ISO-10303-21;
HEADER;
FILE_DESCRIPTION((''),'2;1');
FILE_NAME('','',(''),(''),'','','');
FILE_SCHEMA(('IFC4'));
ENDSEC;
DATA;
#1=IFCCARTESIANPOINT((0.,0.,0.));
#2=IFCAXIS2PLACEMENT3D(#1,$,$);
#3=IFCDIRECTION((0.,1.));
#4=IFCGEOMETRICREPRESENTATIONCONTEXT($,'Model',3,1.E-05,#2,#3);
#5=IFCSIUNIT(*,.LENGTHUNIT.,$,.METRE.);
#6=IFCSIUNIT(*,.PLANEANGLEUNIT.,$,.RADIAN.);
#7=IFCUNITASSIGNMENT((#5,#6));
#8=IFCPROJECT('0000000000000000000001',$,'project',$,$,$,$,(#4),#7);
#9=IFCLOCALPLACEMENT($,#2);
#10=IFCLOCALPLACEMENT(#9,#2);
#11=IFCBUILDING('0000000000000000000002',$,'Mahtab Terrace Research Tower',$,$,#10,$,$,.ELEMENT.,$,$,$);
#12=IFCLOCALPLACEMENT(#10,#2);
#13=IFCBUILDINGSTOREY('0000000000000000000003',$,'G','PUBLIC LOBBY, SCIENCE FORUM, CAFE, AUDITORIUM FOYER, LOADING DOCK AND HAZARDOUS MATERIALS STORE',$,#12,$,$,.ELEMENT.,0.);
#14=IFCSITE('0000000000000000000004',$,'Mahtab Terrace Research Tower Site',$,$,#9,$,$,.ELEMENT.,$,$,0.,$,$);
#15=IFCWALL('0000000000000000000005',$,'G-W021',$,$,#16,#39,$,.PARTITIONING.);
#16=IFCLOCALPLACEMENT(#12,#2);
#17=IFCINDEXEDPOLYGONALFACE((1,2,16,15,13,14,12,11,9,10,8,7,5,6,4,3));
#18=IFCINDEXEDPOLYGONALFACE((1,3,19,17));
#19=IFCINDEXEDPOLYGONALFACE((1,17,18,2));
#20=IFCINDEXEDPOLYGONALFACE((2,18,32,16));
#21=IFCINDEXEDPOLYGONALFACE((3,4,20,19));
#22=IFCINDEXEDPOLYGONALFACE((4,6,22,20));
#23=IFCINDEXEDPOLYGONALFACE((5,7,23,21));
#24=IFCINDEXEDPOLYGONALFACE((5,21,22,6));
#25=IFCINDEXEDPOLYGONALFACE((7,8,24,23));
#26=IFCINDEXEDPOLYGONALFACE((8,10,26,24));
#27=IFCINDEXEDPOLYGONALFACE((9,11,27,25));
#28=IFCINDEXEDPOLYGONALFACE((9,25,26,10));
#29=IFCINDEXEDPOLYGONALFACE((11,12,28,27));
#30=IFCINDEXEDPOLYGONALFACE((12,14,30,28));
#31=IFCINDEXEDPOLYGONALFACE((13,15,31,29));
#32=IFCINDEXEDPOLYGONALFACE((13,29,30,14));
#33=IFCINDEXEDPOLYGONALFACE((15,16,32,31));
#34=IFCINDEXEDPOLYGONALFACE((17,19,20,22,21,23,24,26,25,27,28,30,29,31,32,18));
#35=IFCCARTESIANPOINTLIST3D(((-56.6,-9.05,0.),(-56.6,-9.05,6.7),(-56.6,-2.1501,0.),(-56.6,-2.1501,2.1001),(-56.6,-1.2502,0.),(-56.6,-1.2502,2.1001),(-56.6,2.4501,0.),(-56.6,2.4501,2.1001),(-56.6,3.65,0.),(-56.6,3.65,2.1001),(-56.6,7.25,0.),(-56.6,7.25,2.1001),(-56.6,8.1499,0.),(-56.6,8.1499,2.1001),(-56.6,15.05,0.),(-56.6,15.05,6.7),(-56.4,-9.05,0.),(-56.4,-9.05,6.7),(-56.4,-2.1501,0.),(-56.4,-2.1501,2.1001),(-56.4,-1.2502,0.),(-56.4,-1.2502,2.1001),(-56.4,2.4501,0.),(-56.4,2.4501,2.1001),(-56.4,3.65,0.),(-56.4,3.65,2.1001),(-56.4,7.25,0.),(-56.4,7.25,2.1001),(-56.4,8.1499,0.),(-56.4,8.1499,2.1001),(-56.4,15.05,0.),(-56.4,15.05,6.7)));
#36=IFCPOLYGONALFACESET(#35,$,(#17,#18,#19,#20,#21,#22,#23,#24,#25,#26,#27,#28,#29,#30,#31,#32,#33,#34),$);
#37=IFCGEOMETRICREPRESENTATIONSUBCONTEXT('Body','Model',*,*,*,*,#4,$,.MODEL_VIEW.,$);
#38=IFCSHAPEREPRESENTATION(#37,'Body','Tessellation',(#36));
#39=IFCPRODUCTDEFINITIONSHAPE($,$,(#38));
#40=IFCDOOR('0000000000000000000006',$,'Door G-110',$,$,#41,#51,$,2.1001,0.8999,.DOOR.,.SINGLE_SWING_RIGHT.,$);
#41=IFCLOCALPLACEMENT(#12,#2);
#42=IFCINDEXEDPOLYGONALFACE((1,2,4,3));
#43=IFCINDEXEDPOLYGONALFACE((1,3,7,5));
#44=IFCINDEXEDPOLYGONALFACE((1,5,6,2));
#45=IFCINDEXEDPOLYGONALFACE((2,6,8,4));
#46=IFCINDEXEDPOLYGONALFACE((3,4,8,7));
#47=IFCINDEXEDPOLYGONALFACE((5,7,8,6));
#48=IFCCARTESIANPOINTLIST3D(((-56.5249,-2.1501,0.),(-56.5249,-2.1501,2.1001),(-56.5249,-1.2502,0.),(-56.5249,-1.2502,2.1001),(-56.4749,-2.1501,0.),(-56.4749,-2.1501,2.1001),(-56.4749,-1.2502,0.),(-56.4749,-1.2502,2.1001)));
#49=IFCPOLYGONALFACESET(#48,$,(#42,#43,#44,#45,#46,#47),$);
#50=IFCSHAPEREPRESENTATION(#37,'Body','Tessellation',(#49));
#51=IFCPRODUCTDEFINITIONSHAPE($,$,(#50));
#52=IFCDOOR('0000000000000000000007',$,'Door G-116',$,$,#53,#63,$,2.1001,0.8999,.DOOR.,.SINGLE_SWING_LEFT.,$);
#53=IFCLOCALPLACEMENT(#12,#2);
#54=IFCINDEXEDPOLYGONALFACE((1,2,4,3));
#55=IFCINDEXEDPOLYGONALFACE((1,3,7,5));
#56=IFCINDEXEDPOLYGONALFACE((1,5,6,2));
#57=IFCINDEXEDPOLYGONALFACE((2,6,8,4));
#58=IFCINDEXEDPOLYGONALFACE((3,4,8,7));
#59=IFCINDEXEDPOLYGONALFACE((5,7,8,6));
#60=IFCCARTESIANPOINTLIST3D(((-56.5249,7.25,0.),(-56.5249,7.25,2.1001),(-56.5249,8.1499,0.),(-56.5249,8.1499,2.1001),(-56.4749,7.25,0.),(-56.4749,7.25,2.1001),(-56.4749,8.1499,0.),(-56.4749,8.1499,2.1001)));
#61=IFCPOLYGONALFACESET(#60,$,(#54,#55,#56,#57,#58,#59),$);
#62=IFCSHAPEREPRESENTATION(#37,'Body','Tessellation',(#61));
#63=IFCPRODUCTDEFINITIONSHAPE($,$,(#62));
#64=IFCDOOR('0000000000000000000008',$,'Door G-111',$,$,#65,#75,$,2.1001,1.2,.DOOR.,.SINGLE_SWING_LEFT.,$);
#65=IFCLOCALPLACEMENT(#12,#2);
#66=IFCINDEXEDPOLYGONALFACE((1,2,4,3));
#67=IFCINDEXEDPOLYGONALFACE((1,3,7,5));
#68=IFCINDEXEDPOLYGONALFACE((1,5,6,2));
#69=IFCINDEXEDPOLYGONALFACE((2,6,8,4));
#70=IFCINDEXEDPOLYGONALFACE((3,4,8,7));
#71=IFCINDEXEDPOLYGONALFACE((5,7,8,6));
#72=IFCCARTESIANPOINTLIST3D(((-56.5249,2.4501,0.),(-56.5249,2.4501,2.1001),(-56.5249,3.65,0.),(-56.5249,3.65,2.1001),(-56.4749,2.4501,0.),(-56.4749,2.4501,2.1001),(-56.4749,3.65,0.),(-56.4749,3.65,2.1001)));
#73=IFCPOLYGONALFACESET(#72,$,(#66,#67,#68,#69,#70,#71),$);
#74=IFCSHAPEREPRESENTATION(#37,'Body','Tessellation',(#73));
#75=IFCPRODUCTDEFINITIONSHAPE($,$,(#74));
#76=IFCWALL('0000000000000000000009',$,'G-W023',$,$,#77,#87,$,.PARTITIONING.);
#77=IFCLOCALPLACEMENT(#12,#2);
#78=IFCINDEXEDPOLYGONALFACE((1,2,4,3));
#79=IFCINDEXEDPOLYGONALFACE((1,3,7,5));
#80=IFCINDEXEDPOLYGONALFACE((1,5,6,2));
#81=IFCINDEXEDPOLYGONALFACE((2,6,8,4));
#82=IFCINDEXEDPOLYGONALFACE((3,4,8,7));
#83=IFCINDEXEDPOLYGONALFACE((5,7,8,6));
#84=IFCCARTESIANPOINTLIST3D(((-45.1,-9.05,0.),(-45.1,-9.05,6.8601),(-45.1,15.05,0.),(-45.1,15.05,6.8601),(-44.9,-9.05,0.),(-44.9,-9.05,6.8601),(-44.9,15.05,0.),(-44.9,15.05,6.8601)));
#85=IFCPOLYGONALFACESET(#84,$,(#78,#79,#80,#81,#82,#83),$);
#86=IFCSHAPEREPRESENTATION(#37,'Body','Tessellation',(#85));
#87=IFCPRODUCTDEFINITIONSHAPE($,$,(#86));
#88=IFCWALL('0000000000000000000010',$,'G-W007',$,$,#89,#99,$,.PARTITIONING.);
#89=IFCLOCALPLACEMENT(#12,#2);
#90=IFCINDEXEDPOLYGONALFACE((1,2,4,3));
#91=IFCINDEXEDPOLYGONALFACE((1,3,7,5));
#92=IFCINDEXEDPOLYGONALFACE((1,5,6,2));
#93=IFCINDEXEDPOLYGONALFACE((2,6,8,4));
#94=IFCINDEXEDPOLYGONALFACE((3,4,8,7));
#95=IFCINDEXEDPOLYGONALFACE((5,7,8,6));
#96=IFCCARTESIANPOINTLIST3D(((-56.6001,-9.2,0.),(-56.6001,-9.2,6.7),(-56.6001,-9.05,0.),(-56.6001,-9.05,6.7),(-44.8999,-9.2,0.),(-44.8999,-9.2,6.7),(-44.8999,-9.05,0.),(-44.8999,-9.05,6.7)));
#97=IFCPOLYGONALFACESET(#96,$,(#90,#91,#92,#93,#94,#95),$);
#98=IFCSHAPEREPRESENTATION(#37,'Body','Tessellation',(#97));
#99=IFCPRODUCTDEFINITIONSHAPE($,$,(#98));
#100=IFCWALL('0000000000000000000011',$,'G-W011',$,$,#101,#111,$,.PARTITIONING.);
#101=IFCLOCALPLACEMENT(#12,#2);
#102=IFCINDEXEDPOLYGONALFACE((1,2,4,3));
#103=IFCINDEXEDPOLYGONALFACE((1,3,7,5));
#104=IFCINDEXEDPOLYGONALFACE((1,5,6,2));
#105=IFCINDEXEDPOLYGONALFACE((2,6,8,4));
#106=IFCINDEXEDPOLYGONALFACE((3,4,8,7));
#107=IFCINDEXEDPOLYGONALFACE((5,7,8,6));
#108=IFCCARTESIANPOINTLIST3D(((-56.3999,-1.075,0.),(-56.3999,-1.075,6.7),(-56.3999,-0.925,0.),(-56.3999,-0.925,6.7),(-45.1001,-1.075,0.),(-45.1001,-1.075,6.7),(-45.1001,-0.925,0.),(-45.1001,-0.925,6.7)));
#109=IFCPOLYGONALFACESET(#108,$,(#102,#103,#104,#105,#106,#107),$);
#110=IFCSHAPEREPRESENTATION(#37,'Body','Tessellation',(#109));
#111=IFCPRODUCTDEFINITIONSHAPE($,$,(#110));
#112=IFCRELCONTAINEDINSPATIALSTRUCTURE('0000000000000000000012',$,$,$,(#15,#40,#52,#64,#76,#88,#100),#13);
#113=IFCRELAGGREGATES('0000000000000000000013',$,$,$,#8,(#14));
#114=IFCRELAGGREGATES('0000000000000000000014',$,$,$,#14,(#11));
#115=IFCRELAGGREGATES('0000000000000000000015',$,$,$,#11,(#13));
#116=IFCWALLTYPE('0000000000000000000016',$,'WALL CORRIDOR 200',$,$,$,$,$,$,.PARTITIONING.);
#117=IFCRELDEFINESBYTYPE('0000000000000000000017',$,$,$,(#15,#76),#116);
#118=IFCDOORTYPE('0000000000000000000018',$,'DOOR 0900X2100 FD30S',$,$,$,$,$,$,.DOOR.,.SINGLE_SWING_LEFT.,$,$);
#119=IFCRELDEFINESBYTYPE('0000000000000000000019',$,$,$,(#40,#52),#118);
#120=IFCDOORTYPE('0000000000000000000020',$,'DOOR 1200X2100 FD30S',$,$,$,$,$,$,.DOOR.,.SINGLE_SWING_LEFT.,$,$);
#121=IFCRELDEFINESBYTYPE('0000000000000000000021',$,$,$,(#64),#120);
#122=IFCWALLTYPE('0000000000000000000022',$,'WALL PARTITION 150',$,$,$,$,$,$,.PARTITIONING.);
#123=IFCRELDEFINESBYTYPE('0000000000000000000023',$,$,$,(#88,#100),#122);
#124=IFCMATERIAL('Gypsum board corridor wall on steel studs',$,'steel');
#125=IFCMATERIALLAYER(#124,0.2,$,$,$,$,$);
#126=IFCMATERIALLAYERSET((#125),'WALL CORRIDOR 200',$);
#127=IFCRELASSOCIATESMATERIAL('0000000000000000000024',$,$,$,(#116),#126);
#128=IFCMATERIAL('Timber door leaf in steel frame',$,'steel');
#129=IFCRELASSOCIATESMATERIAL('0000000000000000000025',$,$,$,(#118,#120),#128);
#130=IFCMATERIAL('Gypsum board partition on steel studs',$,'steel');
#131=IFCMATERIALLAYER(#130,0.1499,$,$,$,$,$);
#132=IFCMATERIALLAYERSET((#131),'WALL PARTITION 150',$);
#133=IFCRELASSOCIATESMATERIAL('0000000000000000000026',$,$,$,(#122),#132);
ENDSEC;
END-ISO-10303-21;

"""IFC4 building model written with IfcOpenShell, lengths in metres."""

from ifc_helpers import new_model, si_unit, direction, frame, frame_2d, origin, place, context, subcontext, project, spatial, rectangle, extrude, material, layer, layer_set, type_object, element, fill, save


model = new_model("IFC4")

# Units and contexts
model_context = context("Model", 3, precision=1e-05, world=origin(), true_north=direction((0.0, 1.0)))
body_context = subcontext(model_context, "Body", "Model", "MODEL_VIEW")
ifc_project = project(units=[si_unit("LENGTHUNIT", "METRE"), si_unit("PLANEANGLEUNIT", "RADIAN")], contexts=[model_context])

# Site, building, storey
site_placement = place(None, origin())
site = spatial("IfcSite", under=ifc_project, at=site_placement, Name="Mahtab Terrace Research Tower Site", CompositionType="ELEMENT", RefElevation=0.0)
building_placement = place(site_placement, origin())
building = spatial("IfcBuilding", under=site, at=building_placement, Name="Mahtab Terrace Research Tower", CompositionType="ELEMENT")
storey_placement = place(building_placement, origin())
storey = spatial("IfcBuildingStorey", under=building, at=storey_placement, Name="G", Description="PUBLIC LOBBY, SCIENCE FORUM, CAFE, AUDITORIUM FOYER, LOADING DOCK AND HAZARDOUS MATERIALS STORE", CompositionType="ELEMENT", Elevation=0.0)

# Shared definitions
ifc_material_1 = material(Name="Gypsum board corridor wall on steel studs", Category="steel")
ifc_layer_1 = layer(ifc_material_1, 0.2)
ifc_layer_set_1 = layer_set([ifc_layer_1], Name="WALL CORRIDOR 200")
wall_type_1 = type_object("IfcWallType", Name="WALL CORRIDOR 200", PredefinedType="PARTITIONING", material=ifc_layer_set_1)

# Wall, openings, doors
wall_1_placement = place(storey_placement, frame((-56.5, -9.05, 0.0), z_axis=(0.0, 0.0, 1.0), x_axis=(0.0, 1.0, 0.0)))
wall_1 = element("IfcWall", 1, at=wall_1_placement, inside=storey, type_object=wall_type_1, Name="G-W021", PredefinedType="PARTITIONING", context=body_context, shape_type="SweptSolid", body=[
    extrude(rectangle(XDim=24.1001, YDim=0.2, at=frame_2d((12.05, 0.0))), origin(), (0.0, 0.0, 1.0), 6.7),
])
opening_1_placement = place(wall_1_placement, frame((6.8999, 0.0, 0.0)))
opening_1 = element("IfcOpeningElement", 2, at=opening_1_placement, cuts=wall_1, PredefinedType="OPENING", context=body_context, shape_type="SweptSolid", body=[
    extrude(rectangle(XDim=0.8999, YDim=2.1001, at=frame_2d((0.45, 1.05))), frame((0.0, 0.1099, 0.0), z_axis=(0.0, -1.0, 0.0), x_axis=(1.0, 0.0, 0.0)), (0.0, 0.0, 1.0), 0.22),
])
opening_2_placement = place(wall_1_placement, frame((11.5, 0.0, 0.0)))
opening_2 = element("IfcOpeningElement", 3, at=opening_2_placement, cuts=wall_1, PredefinedType="OPENING", context=body_context, shape_type="SweptSolid", body=[
    extrude(rectangle(XDim=1.2, YDim=2.1001, at=frame_2d((0.6001, 1.05))), frame((0.0, 0.1099, 0.0), z_axis=(0.0, -1.0, 0.0), x_axis=(1.0, 0.0, 0.0)), (0.0, 0.0, 1.0), 0.22),
])
opening_3_placement = place(wall_1_placement, frame((16.3, 0.0, 0.0)))
opening_3 = element("IfcOpeningElement", 4, at=opening_3_placement, cuts=wall_1, PredefinedType="OPENING", context=body_context, shape_type="SweptSolid", body=[
    extrude(rectangle(XDim=0.8999, YDim=2.1001, at=frame_2d((0.45, 1.05))), frame((0.0, 0.1099, 0.0), z_axis=(0.0, -1.0, 0.0), x_axis=(1.0, 0.0, 0.0)), (0.0, 0.0, 1.0), 0.22),
])
ifc_material_2 = material(Name="Timber door leaf in steel frame", Category="steel")
door_type_1 = type_object("IfcDoorType", Name="DOOR 0900X2100 FD30S", OperationType="SINGLE_SWING_LEFT", PredefinedType="DOOR", material=ifc_material_2)
door_1_placement = place(opening_1_placement, origin())
door_1 = element("IfcDoor", 5, at=door_1_placement, inside=storey, type_object=door_type_1, Name="Door G-110", OperationType="SINGLE_SWING_RIGHT", OverallHeight=2.1001, OverallWidth=0.8999, PredefinedType="DOOR", context=body_context, shape_type="SweptSolid", body=[
    extrude(rectangle(XDim=0.8999, YDim=2.1001, at=frame_2d((0.45, 1.05))), frame((0.0, 0.0249, 0.0), z_axis=(0.0, -1.0, 0.0), x_axis=(1.0, 0.0, 0.0)), (0.0, 0.0, 1.0), 0.05),
])
fill(opening_1, door_1)
door_2_placement = place(opening_3_placement, origin())
door_2 = element("IfcDoor", 6, at=door_2_placement, inside=storey, type_object=door_type_1, Name="Door G-116", OperationType="SINGLE_SWING_LEFT", OverallHeight=2.1001, OverallWidth=0.8999, PredefinedType="DOOR", context=body_context, shape_type="SweptSolid", body=[
    extrude(rectangle(XDim=0.8999, YDim=2.1001, at=frame_2d((0.45, 1.05))), frame((0.0, 0.0249, 0.0), z_axis=(0.0, -1.0, 0.0), x_axis=(1.0, 0.0, 0.0)), (0.0, 0.0, 1.0), 0.05),
])
fill(opening_3, door_2)
door_type_2 = type_object("IfcDoorType", Name="DOOR 1200X2100 FD30S", OperationType="SINGLE_SWING_LEFT", PredefinedType="DOOR", material=ifc_material_2)
door_3_placement = place(opening_2_placement, origin())
door_3 = element("IfcDoor", 7, at=door_3_placement, inside=storey, type_object=door_type_2, Name="Door G-111", OperationType="SINGLE_SWING_LEFT", OverallHeight=2.1001, OverallWidth=1.2, PredefinedType="DOOR", context=body_context, shape_type="SweptSolid", body=[
    extrude(rectangle(XDim=1.2, YDim=2.1001, at=frame_2d((0.6001, 1.05))), frame((0.0, 0.0249, 0.0), z_axis=(0.0, -1.0, 0.0), x_axis=(1.0, 0.0, 0.0)), (0.0, 0.0, 1.0), 0.05),
])
fill(opening_2, door_3)

# Walls
wall_2_placement = place(storey_placement, frame((-45.0, -9.05, 0.0), z_axis=(0.0, 0.0, 1.0), x_axis=(0.0, 1.0, 0.0)))
element("IfcWall", 8, at=wall_2_placement, inside=storey, type_object=wall_type_1, Name="G-W023", PredefinedType="PARTITIONING", context=body_context, shape_type="SweptSolid", body=[
    extrude(rectangle(XDim=24.1001, YDim=0.2, at=frame_2d((12.05, 0.0))), origin(), (0.0, 0.0, 1.0), 6.8601),
])
ifc_material_3 = material(Name="Gypsum board partition on steel studs", Category="steel")
ifc_layer_2 = layer(ifc_material_3, 0.1499)
ifc_layer_set_2 = layer_set([ifc_layer_2], Name="WALL PARTITION 150")
wall_type_2 = type_object("IfcWallType", Name="WALL PARTITION 150", PredefinedType="PARTITIONING", material=ifc_layer_set_2)
wall_3_placement = place(storey_placement, frame((-56.6001, -9.125, 0.0), z_axis=(0.0, 0.0, 1.0), x_axis=(1.0, 0.0, 0.0)))
element("IfcWall", 9, at=wall_3_placement, inside=storey, type_object=wall_type_2, Name="G-W007", PredefinedType="PARTITIONING", context=body_context, shape_type="SweptSolid", body=[
    extrude(rectangle(XDim=11.7002, YDim=0.1499, at=frame_2d((5.8501, 0.0))), origin(), (0.0, 0.0, 1.0), 6.7),
])
wall_4_placement = place(storey_placement, frame((-56.3999, -1.0, 0.0), z_axis=(0.0, 0.0, 1.0), x_axis=(1.0, 0.0, 0.0)))
element("IfcWall", 10, at=wall_4_placement, inside=storey, type_object=wall_type_2, Name="G-W011", PredefinedType="PARTITIONING", context=body_context, shape_type="SweptSolid", body=[
    extrude(rectangle(XDim=11.2998, YDim=0.1499, at=frame_2d((5.6499, 0.0))), origin(), (0.0, 0.0, 1.0), 6.7),
])

save(model, "model.ifc")
